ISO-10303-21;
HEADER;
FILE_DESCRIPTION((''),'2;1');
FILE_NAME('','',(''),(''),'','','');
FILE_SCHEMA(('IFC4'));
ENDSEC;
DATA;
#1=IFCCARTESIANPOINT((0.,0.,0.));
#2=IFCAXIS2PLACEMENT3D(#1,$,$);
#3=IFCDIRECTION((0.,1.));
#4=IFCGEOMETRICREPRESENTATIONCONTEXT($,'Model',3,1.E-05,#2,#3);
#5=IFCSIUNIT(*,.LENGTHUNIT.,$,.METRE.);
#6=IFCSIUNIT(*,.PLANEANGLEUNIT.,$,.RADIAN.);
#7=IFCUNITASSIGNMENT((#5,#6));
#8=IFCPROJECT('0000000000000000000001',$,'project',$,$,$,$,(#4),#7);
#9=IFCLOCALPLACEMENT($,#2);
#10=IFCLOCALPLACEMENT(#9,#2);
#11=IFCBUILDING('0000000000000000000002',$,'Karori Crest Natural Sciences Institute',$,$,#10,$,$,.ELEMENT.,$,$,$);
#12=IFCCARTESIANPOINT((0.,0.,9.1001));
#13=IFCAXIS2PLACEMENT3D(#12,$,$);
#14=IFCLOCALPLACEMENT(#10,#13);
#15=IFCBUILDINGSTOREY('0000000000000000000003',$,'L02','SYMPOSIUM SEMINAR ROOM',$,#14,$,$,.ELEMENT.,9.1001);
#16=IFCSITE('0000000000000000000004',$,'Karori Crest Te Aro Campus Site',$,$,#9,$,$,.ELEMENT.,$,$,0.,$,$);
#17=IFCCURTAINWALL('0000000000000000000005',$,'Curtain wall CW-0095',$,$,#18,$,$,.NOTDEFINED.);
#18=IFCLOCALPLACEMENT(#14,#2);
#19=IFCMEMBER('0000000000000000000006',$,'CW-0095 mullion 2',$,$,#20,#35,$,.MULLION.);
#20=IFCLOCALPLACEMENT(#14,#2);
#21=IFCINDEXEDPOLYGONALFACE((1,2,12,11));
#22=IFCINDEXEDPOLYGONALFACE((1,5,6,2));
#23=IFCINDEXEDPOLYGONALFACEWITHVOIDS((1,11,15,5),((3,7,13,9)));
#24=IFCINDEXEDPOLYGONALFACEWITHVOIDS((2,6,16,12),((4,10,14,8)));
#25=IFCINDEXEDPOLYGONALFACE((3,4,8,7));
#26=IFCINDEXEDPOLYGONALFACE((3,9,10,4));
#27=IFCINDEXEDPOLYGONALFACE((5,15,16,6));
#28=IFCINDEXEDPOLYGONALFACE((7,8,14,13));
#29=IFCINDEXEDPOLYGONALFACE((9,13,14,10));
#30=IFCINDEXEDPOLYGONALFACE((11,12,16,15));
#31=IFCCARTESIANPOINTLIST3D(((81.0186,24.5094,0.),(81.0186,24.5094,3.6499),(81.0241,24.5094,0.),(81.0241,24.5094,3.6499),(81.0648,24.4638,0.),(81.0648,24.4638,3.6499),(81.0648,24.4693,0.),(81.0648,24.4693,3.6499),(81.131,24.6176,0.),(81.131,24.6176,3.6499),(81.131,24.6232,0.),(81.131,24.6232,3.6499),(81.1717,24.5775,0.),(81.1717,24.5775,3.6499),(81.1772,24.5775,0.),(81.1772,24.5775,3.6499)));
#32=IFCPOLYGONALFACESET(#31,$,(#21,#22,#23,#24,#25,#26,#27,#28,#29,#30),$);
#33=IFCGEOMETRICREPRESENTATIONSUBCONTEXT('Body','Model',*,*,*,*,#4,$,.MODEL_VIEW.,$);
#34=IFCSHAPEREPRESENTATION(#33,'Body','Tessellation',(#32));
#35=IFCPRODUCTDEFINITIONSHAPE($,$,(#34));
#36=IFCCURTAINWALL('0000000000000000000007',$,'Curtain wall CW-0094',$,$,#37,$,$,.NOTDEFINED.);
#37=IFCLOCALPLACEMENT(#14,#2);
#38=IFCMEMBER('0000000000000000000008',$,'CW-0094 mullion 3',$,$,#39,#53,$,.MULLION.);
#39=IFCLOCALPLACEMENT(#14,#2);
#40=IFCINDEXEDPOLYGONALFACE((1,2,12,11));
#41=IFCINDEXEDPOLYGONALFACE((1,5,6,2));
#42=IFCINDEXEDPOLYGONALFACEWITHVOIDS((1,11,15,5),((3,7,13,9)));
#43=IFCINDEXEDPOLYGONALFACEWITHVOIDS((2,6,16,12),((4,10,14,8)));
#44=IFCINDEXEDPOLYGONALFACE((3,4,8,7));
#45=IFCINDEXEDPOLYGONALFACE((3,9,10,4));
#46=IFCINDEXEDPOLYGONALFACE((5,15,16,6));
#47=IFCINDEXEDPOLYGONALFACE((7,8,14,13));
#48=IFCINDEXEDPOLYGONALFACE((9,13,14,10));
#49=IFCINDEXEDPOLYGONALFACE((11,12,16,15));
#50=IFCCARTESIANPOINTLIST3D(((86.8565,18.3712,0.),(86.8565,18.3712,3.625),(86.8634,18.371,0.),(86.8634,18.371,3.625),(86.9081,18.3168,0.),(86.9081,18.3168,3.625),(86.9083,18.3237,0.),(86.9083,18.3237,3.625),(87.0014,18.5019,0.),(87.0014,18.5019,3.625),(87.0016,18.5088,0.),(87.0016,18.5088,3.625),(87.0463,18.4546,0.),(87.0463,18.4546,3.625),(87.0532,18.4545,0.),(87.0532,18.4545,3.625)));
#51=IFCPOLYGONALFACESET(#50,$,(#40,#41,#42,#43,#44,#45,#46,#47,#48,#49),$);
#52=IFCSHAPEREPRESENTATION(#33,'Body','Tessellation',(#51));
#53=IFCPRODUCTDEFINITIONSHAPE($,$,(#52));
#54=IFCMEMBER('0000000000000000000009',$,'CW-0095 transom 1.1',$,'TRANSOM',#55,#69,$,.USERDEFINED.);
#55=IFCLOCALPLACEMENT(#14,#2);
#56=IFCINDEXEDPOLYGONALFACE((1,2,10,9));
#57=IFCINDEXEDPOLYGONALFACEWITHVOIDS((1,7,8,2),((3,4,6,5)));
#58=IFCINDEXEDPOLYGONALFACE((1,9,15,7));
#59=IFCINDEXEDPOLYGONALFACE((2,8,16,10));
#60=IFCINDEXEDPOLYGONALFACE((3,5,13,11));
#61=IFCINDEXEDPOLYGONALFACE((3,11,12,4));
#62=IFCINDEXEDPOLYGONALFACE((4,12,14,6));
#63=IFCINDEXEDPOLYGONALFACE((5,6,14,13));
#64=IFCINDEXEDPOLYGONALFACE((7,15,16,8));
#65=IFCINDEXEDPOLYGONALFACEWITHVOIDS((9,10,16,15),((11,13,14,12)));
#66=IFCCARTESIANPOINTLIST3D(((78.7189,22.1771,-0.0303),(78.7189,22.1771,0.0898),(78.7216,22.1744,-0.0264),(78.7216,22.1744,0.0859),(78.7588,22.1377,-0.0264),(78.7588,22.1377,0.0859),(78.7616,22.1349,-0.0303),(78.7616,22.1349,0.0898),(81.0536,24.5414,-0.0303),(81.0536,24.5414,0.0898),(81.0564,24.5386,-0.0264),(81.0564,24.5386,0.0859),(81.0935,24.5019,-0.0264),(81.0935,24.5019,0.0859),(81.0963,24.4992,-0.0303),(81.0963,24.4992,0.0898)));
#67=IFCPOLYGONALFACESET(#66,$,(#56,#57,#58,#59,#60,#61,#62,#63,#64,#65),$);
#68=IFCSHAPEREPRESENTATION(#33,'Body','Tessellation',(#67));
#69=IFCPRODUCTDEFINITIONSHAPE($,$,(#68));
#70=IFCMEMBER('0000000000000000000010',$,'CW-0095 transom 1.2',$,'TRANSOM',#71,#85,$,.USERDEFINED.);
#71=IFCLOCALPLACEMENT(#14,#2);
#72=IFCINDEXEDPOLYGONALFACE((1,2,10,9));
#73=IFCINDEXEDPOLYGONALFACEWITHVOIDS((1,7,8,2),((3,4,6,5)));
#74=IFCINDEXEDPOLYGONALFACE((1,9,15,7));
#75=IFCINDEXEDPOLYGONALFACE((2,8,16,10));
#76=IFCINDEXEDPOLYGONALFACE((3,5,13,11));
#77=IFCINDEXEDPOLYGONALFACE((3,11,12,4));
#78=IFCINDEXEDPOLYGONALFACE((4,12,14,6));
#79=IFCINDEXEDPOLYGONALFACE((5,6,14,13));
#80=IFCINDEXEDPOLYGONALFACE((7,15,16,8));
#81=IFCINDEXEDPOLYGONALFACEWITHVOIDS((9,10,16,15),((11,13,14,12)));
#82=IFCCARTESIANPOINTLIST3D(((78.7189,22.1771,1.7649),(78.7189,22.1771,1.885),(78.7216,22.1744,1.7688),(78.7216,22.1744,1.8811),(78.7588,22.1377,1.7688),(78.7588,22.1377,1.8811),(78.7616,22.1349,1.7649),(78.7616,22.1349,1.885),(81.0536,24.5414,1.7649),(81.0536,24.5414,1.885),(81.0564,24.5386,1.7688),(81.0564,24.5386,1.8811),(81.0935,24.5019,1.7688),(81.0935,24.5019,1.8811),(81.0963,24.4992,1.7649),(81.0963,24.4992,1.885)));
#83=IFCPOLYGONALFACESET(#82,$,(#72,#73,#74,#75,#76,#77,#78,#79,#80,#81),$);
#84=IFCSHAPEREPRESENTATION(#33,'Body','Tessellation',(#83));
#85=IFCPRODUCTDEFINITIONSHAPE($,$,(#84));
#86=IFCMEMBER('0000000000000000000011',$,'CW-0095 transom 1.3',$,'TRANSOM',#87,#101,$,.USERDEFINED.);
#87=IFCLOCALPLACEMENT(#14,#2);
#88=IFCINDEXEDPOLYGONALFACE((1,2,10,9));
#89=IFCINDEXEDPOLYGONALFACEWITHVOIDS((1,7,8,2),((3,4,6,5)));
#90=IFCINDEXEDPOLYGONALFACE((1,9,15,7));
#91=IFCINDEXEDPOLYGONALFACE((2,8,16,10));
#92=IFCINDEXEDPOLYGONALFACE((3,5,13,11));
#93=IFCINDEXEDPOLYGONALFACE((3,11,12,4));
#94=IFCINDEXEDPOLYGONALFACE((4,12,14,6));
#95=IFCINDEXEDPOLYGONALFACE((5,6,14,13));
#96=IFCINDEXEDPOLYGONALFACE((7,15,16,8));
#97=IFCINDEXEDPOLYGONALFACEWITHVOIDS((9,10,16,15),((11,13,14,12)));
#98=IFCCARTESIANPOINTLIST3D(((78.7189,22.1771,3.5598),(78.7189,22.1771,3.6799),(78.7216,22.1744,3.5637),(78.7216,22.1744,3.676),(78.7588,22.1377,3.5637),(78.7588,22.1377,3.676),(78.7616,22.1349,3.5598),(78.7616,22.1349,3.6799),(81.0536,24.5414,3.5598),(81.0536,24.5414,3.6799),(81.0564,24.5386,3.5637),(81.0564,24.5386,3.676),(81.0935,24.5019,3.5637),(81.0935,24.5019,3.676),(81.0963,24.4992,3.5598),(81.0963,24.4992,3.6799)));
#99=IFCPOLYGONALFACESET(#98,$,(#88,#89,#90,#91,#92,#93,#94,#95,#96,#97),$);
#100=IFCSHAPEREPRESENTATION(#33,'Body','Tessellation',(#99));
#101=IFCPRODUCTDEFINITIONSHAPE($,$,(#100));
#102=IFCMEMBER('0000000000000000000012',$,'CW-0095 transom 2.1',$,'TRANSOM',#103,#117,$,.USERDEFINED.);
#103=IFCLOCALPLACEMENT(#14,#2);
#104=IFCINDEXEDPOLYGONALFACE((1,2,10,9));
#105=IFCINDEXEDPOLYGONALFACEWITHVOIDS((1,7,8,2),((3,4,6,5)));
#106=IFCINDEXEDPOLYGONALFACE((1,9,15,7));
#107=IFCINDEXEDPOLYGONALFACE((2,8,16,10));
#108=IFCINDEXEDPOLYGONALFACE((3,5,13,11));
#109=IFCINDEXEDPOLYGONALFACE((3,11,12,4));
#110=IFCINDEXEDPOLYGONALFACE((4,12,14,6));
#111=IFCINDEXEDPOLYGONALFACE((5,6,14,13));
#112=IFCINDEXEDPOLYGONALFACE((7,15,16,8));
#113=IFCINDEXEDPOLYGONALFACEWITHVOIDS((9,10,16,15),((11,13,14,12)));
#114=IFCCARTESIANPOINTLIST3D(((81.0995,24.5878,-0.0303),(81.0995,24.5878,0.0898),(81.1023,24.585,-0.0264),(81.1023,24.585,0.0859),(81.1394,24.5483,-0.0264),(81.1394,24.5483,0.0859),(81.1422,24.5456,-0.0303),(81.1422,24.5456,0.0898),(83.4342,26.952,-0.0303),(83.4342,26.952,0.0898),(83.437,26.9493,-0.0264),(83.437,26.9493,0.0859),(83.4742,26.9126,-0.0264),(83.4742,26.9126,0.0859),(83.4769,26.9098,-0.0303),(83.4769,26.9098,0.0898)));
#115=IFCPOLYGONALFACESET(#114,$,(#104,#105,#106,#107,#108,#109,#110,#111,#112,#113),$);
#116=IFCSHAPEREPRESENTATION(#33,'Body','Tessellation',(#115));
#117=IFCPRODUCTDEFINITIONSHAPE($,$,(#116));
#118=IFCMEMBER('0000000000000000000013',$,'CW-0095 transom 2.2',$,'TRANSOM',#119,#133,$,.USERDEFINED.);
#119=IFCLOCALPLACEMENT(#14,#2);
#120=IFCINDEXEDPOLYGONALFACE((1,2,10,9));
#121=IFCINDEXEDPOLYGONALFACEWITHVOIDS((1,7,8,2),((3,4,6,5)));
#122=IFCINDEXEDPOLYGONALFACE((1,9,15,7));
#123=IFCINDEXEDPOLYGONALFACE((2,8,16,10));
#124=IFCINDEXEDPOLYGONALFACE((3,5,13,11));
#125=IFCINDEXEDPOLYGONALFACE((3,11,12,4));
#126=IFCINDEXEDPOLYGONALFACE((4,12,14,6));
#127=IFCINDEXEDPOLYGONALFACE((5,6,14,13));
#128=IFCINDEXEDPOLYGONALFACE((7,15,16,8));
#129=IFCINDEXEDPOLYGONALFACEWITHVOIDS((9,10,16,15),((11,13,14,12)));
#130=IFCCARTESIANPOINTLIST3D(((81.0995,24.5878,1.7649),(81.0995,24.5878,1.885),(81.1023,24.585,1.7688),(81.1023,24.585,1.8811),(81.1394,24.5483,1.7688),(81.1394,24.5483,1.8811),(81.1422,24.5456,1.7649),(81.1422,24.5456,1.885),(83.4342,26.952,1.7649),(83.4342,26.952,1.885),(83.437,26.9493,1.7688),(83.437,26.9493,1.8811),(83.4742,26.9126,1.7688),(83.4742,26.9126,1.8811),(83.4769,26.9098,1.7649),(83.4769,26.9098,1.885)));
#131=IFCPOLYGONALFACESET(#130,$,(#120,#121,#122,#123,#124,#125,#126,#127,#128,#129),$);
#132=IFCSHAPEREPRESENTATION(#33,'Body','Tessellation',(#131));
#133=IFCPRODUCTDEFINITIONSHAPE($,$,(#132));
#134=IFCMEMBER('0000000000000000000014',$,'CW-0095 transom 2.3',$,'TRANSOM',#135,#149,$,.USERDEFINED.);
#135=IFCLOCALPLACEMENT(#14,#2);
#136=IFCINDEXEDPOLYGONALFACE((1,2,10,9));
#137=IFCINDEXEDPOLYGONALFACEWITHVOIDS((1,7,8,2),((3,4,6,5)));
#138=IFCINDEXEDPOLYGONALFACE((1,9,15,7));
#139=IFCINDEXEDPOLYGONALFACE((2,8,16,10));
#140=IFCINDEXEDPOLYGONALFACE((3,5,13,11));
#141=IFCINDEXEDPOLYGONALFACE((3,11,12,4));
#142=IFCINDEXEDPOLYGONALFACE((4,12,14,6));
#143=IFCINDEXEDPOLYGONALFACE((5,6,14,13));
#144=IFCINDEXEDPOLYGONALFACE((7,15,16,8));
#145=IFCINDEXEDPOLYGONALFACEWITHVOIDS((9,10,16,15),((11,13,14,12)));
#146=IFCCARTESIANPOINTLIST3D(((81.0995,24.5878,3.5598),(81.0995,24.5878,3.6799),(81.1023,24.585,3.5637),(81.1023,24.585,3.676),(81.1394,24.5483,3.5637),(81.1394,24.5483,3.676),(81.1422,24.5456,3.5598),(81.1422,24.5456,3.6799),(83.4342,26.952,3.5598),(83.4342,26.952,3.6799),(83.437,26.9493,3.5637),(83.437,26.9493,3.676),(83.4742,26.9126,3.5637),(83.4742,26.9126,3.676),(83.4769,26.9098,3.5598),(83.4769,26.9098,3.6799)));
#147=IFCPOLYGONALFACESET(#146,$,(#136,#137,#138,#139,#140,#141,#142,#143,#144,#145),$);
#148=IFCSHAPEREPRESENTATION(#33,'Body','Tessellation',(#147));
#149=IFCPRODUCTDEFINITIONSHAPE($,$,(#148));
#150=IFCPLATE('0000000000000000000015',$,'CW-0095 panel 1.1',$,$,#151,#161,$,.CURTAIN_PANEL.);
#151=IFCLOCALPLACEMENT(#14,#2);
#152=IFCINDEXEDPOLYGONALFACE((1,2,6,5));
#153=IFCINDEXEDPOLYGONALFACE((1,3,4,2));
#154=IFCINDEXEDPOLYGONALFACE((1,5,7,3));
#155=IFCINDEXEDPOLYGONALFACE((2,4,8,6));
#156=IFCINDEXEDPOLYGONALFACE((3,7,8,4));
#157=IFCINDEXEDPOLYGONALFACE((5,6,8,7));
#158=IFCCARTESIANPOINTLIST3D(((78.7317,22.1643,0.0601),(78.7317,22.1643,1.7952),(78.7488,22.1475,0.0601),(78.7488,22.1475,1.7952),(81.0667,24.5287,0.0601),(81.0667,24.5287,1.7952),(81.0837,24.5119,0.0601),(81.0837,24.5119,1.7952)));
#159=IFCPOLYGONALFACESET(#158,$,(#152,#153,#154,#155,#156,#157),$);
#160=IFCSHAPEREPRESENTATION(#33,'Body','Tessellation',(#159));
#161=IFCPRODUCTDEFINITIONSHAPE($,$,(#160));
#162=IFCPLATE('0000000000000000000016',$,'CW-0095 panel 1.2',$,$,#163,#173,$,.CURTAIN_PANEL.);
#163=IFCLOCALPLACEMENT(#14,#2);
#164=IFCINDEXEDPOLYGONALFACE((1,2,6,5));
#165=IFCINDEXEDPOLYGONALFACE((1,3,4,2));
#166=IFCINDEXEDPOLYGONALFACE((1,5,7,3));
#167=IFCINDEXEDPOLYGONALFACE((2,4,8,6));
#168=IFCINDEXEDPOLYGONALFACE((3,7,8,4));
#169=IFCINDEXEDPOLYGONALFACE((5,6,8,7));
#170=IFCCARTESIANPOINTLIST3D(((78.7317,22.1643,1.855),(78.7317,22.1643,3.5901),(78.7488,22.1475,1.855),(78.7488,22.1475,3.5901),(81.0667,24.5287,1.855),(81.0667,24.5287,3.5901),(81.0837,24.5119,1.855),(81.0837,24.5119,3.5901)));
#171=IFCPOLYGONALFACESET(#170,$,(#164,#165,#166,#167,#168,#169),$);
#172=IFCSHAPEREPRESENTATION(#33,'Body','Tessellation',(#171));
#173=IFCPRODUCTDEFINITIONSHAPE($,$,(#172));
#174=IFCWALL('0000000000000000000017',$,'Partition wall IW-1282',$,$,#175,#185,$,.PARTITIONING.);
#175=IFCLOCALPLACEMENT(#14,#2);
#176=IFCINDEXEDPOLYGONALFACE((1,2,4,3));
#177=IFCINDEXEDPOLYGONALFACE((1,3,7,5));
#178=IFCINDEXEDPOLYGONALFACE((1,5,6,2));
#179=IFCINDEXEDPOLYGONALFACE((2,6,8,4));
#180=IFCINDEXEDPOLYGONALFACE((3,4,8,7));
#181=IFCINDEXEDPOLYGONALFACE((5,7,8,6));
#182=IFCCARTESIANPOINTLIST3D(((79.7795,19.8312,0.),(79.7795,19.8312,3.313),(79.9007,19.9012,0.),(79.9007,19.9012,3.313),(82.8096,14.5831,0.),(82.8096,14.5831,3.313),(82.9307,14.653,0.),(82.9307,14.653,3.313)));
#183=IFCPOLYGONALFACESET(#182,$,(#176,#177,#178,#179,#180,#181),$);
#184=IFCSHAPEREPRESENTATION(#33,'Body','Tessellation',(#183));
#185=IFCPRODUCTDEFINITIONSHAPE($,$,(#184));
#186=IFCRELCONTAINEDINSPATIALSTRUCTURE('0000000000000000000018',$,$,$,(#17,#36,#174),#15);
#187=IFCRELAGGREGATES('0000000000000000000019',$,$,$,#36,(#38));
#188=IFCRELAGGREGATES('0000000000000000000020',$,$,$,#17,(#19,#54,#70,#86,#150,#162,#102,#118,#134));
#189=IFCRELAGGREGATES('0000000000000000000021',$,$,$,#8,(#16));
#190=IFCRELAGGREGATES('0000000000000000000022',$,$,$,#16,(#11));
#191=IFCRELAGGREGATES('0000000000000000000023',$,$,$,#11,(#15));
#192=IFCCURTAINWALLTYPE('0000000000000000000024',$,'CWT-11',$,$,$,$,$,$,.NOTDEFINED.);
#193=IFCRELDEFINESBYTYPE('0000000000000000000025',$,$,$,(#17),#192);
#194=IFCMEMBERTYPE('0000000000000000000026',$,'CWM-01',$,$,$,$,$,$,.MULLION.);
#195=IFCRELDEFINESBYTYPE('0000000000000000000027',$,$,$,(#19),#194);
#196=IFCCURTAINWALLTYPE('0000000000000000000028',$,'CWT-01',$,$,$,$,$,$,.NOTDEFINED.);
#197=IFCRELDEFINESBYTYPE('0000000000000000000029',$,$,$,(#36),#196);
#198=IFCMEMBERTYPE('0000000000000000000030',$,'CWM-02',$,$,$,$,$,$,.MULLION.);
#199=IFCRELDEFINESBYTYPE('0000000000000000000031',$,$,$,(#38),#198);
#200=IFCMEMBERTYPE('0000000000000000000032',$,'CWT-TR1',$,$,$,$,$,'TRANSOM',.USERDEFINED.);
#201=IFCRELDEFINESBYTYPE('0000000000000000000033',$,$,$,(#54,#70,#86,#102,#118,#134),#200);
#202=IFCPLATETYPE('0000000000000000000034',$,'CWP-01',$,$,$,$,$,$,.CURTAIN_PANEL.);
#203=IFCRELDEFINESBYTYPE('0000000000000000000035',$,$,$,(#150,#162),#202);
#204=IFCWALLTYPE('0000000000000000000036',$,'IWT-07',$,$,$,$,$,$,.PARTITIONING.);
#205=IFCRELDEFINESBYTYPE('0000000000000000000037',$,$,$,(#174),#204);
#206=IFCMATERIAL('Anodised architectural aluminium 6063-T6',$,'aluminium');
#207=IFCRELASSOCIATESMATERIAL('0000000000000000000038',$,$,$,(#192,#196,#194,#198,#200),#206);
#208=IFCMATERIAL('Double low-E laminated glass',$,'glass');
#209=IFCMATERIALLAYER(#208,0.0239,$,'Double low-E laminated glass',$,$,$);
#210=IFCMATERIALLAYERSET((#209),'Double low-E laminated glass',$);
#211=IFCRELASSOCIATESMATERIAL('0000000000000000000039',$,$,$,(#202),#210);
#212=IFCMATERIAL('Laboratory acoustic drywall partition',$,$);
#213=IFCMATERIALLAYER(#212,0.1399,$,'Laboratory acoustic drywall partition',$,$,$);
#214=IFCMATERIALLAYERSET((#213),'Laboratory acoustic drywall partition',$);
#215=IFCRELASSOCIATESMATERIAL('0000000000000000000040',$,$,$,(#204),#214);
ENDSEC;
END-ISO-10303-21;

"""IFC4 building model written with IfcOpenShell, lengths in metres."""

from ifc_helpers import new_model, si_unit, direction, frame, frame_2d, origin, origin_2d, place, context, subcontext, project, spatial, rectangle, hollow_rectangle, extrude, material, layer, layer_set, material_profile, profile_set, type_object, element, aggregate, save


model = new_model("IFC4")

# Units and contexts
model_context = context("Model", 3, precision=1e-05, world=origin(), true_north=direction((0.0, 1.0)))
body_context = subcontext(model_context, "Body", "Model", "MODEL_VIEW")
ifc_project = project(units=[si_unit("LENGTHUNIT", "METRE"), si_unit("PLANEANGLEUNIT", "RADIAN")], contexts=[model_context])

# Site, building, storey
site_placement = place(None, origin())
site = spatial("IfcSite", under=ifc_project, at=site_placement, Name="Karori Crest Te Aro Campus Site", CompositionType="ELEMENT", RefElevation=0.0)
building_placement = place(site_placement, origin())
building = spatial("IfcBuilding", under=site, at=building_placement, Name="Karori Crest Natural Sciences Institute", CompositionType="ELEMENT")
storey_placement = place(building_placement, frame((0.0, 0.0, 9.1001)))
storey = spatial("IfcBuildingStorey", under=building, at=storey_placement, Name="L02", Description="SYMPOSIUM SEMINAR ROOM", CompositionType="ELEMENT", Elevation=9.1001)

# Curtain wall, member
ifc_material_1 = material(Name="Anodised architectural aluminium 6063-T6", Category="aluminium")
curtain_wall_type_1 = type_object("IfcCurtainWallType", Name="CWT-11", PredefinedType="NOTDEFINED", material=ifc_material_1)
curtain_wall_1_placement = place(storey_placement, origin())
curtain_wall_1 = element("IfcCurtainWall", 1, at=curtain_wall_1_placement, inside=storey, type_object=curtain_wall_type_1, Name="Curtain wall CW-0095", PredefinedType="NOTDEFINED")
ifc_material_profile_1 = material_profile(ifc_material_1, hollow_rectangle(XDim=0.0649, YDim=0.1599, WallThickness=0.0039, at=origin_2d()), Name="CWM160x65x4")
ifc_profile_set_1 = profile_set([ifc_material_profile_1], Name="Anodised architectural aluminium 6063-T6")
member_type_1 = type_object("IfcMemberType", Name="CWM-01", PredefinedType="MULLION", material=ifc_profile_set_1)
member_1_placement = place(storey_placement, frame((81.0979, 24.5435, 0.0), z_axis=(0.0, 0.0, 1.0), x_axis=(-0.711529, 0.702656, 0.0)))
member_1 = element("IfcMember", 2, at=member_1_placement, type_object=member_type_1, Name="CW-0095 mullion 2", PredefinedType="MULLION", context=body_context, shape_type="SweptSolid", body=[
    extrude(hollow_rectangle(XDim=0.0649, YDim=0.1599, WallThickness=0.0039, at=origin_2d()), origin(), (0.0, 0.0, 1.0), 3.6499),
])

# Curtain wall, member
curtain_wall_type_2 = type_object("IfcCurtainWallType", Name="CWT-01", PredefinedType="NOTDEFINED", material=ifc_material_1)
curtain_wall_2_placement = place(storey_placement, origin())
curtain_wall_2 = element("IfcCurtainWall", 3, at=curtain_wall_2_placement, inside=storey, type_object=curtain_wall_type_2, Name="Curtain wall CW-0094", PredefinedType="NOTDEFINED")
ifc_material_profile_2 = material_profile(ifc_material_1, hollow_rectangle(XDim=0.075, YDim=0.2, WallThickness=0.0049, at=origin_2d()), Name="CWM200x75x5")
ifc_profile_set_2 = profile_set([ifc_material_profile_2], Name="Anodised architectural aluminium 6063-T6")
member_type_2 = type_object("IfcMemberType", Name="CWM-02", PredefinedType="MULLION", material=ifc_profile_set_2)
member_2_placement = place(storey_placement, frame((86.9548, 18.4128, 0.0), z_axis=(0.0, 0.0, 1.0), x_axis=(0.688251, -0.725473, 0.0)))
member_2 = element("IfcMember", 4, at=member_2_placement, type_object=member_type_2, Name="CW-0094 mullion 3", PredefinedType="MULLION", context=body_context, shape_type="SweptSolid", body=[
    extrude(hollow_rectangle(XDim=0.075, YDim=0.2, WallThickness=0.0049, at=origin_2d()), origin(), (0.0, 0.0, 1.0), 3.625),
])
aggregate(curtain_wall_2, [member_2])

# Members
ifc_material_profile_3 = material_profile(ifc_material_1, hollow_rectangle(XDim=0.0601, YDim=0.1201, WallThickness=0.0039, at=origin_2d()), Name="CWT120x60x4")
ifc_profile_set_3 = profile_set([ifc_material_profile_3], Name="Anodised architectural aluminium 6063-T6")
member_type_3 = type_object("IfcMemberType", Name="CWT-TR1", ElementType="TRANSOM", PredefinedType="USERDEFINED", material=ifc_profile_set_3)
member_3_placement = place(storey_placement, frame((78.7402, 22.156, 0.0298), z_axis=(0.702648, 0.711538, 0.0), x_axis=(-0.711538, 0.702648, 0.0)))
member_3 = element("IfcMember", 5, at=member_3_placement, type_object=member_type_3, Name="CW-0095 transom 1.1", ObjectType="TRANSOM", PredefinedType="USERDEFINED", context=body_context, shape_type="SweptSolid", body=[
    extrude(hollow_rectangle(XDim=0.0601, YDim=0.1201, WallThickness=0.0039, at=origin_2d()), origin(), (0.0, 0.0, 1.0), 3.3228),
])
member_4_placement = place(storey_placement, frame((78.7402, 22.156, 1.825), z_axis=(0.702648, 0.711538, 0.0), x_axis=(-0.711538, 0.702648, 0.0)))
member_4 = element("IfcMember", 6, at=member_4_placement, type_object=member_type_3, Name="CW-0095 transom 1.2", ObjectType="TRANSOM", PredefinedType="USERDEFINED", context=body_context, shape_type="SweptSolid", body=[
    extrude(hollow_rectangle(XDim=0.0601, YDim=0.1201, WallThickness=0.0039, at=origin_2d()), origin(), (0.0, 0.0, 1.0), 3.3228),
])
member_5_placement = place(storey_placement, frame((78.7402, 22.156, 3.6199), z_axis=(0.702648, 0.711538, 0.0), x_axis=(-0.711538, 0.702648, 0.0)))
member_5 = element("IfcMember", 7, at=member_5_placement, type_object=member_type_3, Name="CW-0095 transom 1.3", ObjectType="TRANSOM", PredefinedType="USERDEFINED", context=body_context, shape_type="SweptSolid", body=[
    extrude(hollow_rectangle(XDim=0.0601, YDim=0.1201, WallThickness=0.0039, at=origin_2d()), origin(), (0.0, 0.0, 1.0), 3.3228),
])
member_6_placement = place(storey_placement, frame((81.1208, 24.5667, 0.0298), z_axis=(0.702648, 0.711538, 0.0), x_axis=(-0.711538, 0.702648, 0.0)))
member_6 = element("IfcMember", 8, at=member_6_placement, type_object=member_type_3, Name="CW-0095 transom 2.1", ObjectType="TRANSOM", PredefinedType="USERDEFINED", context=body_context, shape_type="SweptSolid", body=[
    extrude(hollow_rectangle(XDim=0.0601, YDim=0.1201, WallThickness=0.0039, at=origin_2d()), origin(), (0.0, 0.0, 1.0), 3.3228),
])
member_7_placement = place(storey_placement, frame((81.1208, 24.5667, 1.825), z_axis=(0.702648, 0.711538, 0.0), x_axis=(-0.711538, 0.702648, 0.0)))
member_7 = element("IfcMember", 9, at=member_7_placement, type_object=member_type_3, Name="CW-0095 transom 2.2", ObjectType="TRANSOM", PredefinedType="USERDEFINED", context=body_context, shape_type="SweptSolid", body=[
    extrude(hollow_rectangle(XDim=0.0601, YDim=0.1201, WallThickness=0.0039, at=origin_2d()), origin(), (0.0, 0.0, 1.0), 3.3228),
])
member_8_placement = place(storey_placement, frame((81.1208, 24.5667, 3.6199), z_axis=(0.702648, 0.711538, 0.0), x_axis=(-0.711538, 0.702648, 0.0)))
member_8 = element("IfcMember", 10, at=member_8_placement, type_object=member_type_3, Name="CW-0095 transom 2.3", ObjectType="TRANSOM", PredefinedType="USERDEFINED", context=body_context, shape_type="SweptSolid", body=[
    extrude(hollow_rectangle(XDim=0.0601, YDim=0.1201, WallThickness=0.0039, at=origin_2d()), origin(), (0.0, 0.0, 1.0), 3.3228),
])

# Plates
ifc_material_2 = material(Name="Double low-E laminated glass", Category="glass")
ifc_layer_1 = layer(ifc_material_2, 0.0239, Name="Double low-E laminated glass")
ifc_layer_set_1 = layer_set([ifc_layer_1], Name="Double low-E laminated glass")
plate_type = type_object("IfcPlateType", Name="CWP-01", PredefinedType="CURTAIN_PANEL", material=ifc_layer_set_1)
plate_1_placement = place(storey_placement, frame((79.9077, 23.3381, 0.0601), z_axis=(0.0, 0.0, 1.0), x_axis=(0.702656, 0.711529, 0.0)))
plate_1 = element("IfcPlate", 11, at=plate_1_placement, type_object=plate_type, Name="CW-0095 panel 1.1", PredefinedType="CURTAIN_PANEL", context=body_context, shape_type="SweptSolid", body=[
    extrude(rectangle(XDim=3.323, YDim=0.0239, at=origin_2d()), origin(), (0.0, 0.0, 1.0), 1.7351),
])
plate_2_placement = place(storey_placement, frame((79.9077, 23.3381, 1.855), z_axis=(0.0, 0.0, 1.0), x_axis=(0.702656, 0.711529, 0.0)))
plate_2 = element("IfcPlate", 12, at=plate_2_placement, type_object=plate_type, Name="CW-0095 panel 1.2", PredefinedType="CURTAIN_PANEL", context=body_context, shape_type="SweptSolid", body=[
    extrude(rectangle(XDim=3.323, YDim=0.0239, at=origin_2d()), origin(), (0.0, 0.0, 1.0), 1.7351),
])
aggregate(curtain_wall_1, [member_1, member_3, member_4, member_5, plate_1, plate_2, member_6, member_7, member_8])

# Wall
ifc_material_3 = material(Name="Laboratory acoustic drywall partition")
ifc_layer_2 = layer(ifc_material_3, 0.1399, Name="Laboratory acoustic drywall partition")
ifc_layer_set_2 = layer_set([ifc_layer_2], Name="Laboratory acoustic drywall partition")
wall_type = type_object("IfcWallType", Name="IWT-07", PredefinedType="PARTITIONING", material=ifc_layer_set_2)
wall_1_placement = place(storey_placement, frame((79.8401, 19.8662, 0.0), z_axis=(0.0, 0.0, 1.0), x_axis=(0.500008, -0.866021, 0.0)))
element("IfcWall", 13, at=wall_1_placement, inside=storey, type_object=wall_type, Name="Partition wall IW-1282", PredefinedType="PARTITIONING", context=body_context, shape_type="SweptSolid", body=[
    extrude(rectangle(XDim=6.0601, YDim=0.1399, at=frame_2d((3.03, 0.0))), origin(), (0.0, 0.0, 1.0), 3.313),
])

save(model, "model.ifc")
